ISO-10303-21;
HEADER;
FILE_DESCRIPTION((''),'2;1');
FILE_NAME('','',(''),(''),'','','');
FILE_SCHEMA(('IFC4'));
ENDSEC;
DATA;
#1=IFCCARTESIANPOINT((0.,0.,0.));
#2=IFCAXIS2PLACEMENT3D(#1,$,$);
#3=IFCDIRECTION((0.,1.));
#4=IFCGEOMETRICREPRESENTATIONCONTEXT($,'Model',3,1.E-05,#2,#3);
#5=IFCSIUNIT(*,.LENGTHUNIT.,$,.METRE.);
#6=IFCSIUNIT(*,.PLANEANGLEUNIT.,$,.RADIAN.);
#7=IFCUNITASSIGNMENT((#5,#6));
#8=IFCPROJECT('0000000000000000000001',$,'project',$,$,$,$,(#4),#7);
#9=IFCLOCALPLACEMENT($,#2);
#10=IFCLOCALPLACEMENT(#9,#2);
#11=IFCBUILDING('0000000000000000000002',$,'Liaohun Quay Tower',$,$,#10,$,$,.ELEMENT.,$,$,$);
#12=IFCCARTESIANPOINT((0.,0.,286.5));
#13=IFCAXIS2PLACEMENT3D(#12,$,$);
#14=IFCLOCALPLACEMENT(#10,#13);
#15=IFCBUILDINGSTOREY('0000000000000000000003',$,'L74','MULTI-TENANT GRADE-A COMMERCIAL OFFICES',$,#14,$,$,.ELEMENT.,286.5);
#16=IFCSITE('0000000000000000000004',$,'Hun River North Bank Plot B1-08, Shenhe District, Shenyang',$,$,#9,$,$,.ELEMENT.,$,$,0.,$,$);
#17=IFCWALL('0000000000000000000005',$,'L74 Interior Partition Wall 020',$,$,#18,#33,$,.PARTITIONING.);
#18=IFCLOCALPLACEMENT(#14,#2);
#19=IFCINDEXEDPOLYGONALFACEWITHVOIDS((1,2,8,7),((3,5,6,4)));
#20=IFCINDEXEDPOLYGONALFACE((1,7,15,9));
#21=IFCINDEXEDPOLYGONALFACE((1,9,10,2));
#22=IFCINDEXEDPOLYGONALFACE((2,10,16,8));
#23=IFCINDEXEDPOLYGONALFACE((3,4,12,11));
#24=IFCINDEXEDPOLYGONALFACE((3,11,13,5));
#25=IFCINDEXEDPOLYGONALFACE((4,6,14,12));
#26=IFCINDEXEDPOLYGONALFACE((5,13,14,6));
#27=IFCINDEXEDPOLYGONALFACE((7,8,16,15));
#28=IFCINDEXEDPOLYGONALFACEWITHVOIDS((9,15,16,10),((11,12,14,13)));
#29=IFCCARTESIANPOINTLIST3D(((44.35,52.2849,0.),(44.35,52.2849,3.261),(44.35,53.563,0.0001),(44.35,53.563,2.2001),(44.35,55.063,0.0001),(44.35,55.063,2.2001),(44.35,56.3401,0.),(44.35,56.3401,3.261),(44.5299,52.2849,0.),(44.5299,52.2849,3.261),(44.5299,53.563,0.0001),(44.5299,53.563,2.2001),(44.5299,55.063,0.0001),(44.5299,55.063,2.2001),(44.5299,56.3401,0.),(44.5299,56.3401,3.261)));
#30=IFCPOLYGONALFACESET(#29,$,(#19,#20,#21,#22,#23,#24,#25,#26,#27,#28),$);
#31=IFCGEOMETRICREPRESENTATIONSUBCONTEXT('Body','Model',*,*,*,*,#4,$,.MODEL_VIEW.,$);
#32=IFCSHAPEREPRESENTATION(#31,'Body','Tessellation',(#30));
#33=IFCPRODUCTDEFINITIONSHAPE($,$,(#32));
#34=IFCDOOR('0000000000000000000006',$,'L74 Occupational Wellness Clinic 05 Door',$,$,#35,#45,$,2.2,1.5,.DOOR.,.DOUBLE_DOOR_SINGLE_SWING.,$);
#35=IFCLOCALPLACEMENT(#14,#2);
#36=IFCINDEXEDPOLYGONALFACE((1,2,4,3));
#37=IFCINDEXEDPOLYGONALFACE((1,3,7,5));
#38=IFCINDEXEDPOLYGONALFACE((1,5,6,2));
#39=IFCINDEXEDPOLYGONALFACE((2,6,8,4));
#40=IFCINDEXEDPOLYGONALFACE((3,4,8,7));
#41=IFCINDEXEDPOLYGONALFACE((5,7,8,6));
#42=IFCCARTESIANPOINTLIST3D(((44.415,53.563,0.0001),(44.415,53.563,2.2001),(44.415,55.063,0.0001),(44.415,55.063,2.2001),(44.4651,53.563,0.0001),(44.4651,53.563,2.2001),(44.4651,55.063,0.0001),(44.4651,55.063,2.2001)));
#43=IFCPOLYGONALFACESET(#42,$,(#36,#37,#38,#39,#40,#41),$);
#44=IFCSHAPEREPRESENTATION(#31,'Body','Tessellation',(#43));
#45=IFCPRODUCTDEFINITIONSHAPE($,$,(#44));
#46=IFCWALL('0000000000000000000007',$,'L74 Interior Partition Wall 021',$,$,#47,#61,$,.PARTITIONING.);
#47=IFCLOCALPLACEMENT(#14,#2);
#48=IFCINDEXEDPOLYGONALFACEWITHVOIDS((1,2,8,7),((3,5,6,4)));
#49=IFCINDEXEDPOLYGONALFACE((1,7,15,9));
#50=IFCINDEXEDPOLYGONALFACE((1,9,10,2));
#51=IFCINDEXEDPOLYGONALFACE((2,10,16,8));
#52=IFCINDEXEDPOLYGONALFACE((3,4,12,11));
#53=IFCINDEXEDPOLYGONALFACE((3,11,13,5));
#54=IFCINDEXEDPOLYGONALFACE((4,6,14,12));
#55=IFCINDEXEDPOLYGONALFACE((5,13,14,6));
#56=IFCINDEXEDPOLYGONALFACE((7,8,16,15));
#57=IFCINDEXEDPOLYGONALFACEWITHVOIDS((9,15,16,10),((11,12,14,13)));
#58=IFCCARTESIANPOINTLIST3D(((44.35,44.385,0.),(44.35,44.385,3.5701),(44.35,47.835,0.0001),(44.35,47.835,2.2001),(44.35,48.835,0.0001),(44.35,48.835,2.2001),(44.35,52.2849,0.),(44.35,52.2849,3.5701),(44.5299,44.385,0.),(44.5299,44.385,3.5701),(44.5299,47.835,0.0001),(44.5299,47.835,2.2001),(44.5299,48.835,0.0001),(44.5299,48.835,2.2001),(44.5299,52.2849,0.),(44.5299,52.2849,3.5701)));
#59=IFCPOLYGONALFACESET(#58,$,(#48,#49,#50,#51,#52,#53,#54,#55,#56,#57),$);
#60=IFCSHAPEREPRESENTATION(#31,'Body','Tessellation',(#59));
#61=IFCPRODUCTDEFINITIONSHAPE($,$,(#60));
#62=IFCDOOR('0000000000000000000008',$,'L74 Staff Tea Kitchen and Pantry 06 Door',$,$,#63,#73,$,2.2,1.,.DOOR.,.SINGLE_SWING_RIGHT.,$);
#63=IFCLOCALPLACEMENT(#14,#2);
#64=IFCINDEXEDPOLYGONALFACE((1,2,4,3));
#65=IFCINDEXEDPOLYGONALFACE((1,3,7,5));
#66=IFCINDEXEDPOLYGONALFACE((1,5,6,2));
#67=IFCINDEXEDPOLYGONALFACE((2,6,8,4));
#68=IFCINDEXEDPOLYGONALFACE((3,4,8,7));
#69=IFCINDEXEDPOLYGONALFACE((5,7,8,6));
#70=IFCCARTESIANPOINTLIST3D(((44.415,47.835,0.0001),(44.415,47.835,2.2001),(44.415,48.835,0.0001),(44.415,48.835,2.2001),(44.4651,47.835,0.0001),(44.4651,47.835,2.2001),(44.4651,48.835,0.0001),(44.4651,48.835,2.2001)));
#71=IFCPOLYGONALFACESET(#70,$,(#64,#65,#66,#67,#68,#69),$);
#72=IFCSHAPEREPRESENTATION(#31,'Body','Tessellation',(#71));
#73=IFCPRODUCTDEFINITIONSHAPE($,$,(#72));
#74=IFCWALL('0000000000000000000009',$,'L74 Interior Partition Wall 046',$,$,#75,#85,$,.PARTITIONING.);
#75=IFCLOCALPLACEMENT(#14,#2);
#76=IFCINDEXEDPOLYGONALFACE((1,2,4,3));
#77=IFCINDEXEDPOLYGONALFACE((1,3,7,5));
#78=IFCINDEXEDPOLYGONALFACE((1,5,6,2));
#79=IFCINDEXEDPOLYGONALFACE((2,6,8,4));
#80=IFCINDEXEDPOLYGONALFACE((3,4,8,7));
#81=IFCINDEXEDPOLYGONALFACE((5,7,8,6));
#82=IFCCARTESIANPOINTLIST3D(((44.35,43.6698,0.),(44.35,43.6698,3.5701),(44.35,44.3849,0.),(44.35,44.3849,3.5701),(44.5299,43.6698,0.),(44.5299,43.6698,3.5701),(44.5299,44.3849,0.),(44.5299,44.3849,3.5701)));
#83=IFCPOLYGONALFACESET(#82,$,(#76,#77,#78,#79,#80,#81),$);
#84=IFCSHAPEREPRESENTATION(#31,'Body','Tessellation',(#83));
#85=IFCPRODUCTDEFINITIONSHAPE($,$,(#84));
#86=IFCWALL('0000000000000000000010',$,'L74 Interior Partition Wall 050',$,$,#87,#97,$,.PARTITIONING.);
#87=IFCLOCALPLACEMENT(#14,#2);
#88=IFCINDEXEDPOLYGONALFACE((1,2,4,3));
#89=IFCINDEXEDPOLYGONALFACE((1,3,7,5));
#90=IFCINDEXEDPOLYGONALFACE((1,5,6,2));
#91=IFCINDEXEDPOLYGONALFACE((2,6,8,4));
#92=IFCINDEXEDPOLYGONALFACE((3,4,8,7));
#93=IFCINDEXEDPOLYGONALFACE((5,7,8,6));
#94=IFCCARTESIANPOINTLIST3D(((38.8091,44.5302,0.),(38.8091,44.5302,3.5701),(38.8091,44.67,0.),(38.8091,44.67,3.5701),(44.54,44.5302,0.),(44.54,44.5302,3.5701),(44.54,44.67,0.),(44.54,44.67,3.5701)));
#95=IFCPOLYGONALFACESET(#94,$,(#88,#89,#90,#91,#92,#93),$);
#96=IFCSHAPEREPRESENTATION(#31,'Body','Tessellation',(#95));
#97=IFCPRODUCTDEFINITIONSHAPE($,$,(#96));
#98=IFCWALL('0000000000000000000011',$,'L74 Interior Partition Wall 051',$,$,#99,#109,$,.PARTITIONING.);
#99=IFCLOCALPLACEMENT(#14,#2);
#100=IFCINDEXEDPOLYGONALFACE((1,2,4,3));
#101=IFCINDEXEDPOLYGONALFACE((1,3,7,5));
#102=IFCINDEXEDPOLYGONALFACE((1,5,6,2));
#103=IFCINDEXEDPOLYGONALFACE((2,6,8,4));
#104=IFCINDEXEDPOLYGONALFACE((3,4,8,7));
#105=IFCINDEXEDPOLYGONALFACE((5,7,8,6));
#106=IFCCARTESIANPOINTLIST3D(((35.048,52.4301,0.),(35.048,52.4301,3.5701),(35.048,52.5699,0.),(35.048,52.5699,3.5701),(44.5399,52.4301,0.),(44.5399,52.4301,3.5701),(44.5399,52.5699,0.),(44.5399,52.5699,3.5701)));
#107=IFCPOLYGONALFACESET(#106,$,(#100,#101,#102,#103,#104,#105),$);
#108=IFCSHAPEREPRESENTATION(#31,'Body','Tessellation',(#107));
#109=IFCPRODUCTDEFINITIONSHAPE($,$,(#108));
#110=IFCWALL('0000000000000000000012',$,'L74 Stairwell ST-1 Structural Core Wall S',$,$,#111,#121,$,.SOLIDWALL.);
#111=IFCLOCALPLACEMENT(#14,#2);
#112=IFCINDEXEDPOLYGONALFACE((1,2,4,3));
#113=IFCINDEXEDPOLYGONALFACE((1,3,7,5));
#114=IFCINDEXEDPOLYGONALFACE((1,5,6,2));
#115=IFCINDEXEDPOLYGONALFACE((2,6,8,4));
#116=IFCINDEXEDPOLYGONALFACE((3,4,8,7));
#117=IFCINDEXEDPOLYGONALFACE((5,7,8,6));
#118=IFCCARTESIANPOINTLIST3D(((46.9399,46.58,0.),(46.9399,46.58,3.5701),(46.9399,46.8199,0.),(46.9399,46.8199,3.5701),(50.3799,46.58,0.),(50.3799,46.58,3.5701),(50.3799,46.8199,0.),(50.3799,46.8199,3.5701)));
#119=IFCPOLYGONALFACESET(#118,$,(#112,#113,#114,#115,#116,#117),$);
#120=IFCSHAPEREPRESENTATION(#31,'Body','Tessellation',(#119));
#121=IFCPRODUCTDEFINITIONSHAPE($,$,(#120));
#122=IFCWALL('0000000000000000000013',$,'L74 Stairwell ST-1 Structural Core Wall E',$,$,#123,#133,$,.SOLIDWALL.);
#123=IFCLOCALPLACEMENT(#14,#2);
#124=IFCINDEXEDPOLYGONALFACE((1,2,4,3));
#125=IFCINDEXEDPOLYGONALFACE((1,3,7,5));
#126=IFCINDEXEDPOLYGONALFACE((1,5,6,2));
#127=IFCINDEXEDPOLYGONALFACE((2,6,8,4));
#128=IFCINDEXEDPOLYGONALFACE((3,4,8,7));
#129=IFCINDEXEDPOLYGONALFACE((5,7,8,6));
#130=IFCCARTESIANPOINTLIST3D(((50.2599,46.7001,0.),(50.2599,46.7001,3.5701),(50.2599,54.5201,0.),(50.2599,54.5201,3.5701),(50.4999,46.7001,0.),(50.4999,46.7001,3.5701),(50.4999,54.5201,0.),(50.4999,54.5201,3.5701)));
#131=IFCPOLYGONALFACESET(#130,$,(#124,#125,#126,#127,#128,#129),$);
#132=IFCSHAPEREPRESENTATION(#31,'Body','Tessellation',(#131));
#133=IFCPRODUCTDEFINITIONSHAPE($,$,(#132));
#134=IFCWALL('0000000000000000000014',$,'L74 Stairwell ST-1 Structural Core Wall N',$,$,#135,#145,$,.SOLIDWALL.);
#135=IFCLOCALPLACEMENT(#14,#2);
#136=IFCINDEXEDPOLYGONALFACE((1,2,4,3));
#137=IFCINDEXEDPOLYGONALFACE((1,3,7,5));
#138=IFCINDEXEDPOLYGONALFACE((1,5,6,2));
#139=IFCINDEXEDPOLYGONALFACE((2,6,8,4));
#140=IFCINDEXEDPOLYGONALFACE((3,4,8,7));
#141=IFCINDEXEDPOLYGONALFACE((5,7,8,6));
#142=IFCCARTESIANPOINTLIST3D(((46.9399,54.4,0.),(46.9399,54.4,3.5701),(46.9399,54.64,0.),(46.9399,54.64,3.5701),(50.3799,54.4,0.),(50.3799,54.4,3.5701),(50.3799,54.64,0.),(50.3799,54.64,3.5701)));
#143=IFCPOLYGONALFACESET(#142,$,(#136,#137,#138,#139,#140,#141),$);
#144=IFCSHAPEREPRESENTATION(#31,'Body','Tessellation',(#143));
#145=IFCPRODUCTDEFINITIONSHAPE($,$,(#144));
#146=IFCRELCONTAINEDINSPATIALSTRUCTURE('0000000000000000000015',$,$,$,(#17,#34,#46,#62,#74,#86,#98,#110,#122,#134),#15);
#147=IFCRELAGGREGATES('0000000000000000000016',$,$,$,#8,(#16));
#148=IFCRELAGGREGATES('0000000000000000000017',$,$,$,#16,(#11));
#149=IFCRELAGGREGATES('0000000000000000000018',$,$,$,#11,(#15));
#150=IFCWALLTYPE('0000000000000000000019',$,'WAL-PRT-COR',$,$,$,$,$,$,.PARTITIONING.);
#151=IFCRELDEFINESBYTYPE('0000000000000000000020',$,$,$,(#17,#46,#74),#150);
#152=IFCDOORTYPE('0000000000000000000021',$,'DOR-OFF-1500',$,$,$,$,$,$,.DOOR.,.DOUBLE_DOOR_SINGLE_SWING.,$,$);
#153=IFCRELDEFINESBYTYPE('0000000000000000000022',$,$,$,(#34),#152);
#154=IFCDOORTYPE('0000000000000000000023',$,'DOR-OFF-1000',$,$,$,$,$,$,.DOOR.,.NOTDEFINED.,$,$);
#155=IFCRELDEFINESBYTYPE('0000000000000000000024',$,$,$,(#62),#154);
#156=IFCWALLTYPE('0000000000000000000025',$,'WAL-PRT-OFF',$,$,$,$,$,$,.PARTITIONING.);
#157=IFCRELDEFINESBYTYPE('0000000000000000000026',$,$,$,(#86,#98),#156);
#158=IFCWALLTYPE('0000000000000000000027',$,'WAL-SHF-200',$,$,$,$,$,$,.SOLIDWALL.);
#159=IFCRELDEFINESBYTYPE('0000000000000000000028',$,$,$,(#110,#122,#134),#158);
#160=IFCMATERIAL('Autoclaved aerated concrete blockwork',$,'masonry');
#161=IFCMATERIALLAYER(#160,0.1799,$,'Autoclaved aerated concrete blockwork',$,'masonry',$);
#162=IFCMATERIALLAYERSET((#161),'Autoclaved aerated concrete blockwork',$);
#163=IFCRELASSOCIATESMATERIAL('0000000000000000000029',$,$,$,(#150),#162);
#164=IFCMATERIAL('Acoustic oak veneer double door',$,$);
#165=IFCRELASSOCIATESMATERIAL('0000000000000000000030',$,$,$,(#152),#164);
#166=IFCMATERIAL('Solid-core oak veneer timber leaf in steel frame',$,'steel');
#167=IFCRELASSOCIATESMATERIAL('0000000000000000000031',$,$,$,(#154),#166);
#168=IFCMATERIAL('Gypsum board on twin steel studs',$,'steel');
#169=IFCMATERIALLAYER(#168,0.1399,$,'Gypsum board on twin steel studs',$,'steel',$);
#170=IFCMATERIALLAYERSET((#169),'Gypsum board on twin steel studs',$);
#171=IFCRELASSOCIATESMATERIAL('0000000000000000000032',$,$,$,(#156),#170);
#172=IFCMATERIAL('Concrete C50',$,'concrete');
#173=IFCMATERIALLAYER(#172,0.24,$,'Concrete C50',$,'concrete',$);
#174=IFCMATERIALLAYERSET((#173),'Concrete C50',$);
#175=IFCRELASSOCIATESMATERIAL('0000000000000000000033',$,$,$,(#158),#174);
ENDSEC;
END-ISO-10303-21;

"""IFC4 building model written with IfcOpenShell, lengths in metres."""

from ifc_helpers import new_model, si_unit, direction, frame, frame_2d, origin, place, context, subcontext, project, spatial, rectangle, extrude, source, transform, mapped, material, layer, layer_set, type_object, element, fill, save


model = new_model("IFC4")

# Units and contexts
model_context = context("Model", 3, precision=1e-05, world=origin(), true_north=direction((0.0, 1.0)))
body_context = subcontext(model_context, "Body", "Model", "MODEL_VIEW")
ifc_project = project(units=[si_unit("LENGTHUNIT", "METRE"), si_unit("PLANEANGLEUNIT", "RADIAN")], contexts=[model_context])

# Site, building, storey
site_placement = place(None, origin())
site = spatial("IfcSite", under=ifc_project, at=site_placement, Name="Hun River North Bank Plot B1-08, Shenhe District, Shenyang", CompositionType="ELEMENT", RefElevation=0.0)
building_placement = place(site_placement, origin())
building = spatial("IfcBuilding", under=site, at=building_placement, Name="Liaohun Quay Tower", CompositionType="ELEMENT")
storey_placement = place(building_placement, frame((0.0, 0.0, 286.5)))
storey = spatial("IfcBuildingStorey", under=building, at=storey_placement, Name="L74", Description="MULTI-TENANT GRADE-A COMMERCIAL OFFICES", CompositionType="ELEMENT", Elevation=286.5)

# Shared definitions
ifc_material_1 = material(Name="Concrete C50", Category="concrete")

# Walls, openings, doors
ifc_material_2 = material(Name="Autoclaved aerated concrete blockwork", Category="masonry")
ifc_layer_1 = layer(ifc_material_2, 0.1799, Name="Autoclaved aerated concrete blockwork", Category="masonry")
ifc_layer_set_1 = layer_set([ifc_layer_1], Name="Autoclaved aerated concrete blockwork")
wall_type_1 = type_object("IfcWallType", Name="WAL-PRT-COR", PredefinedType="PARTITIONING", material=ifc_layer_set_1)
wall_1_placement = place(storey_placement, frame((44.4399, 52.2849, 0.0), z_axis=(0.0, 0.0, 1.0), x_axis=(0.0, 1.0, 0.0)))
wall_1 = element("IfcWall", 1, at=wall_1_placement, inside=storey, type_object=wall_type_1, Name="L74 Interior Partition Wall 020", PredefinedType="PARTITIONING", context=body_context, shape_type="SweptSolid", body=[
    extrude(rectangle(XDim=4.0552, YDim=0.1799, at=frame_2d((2.0276, 0.0))), origin(), (0.0, 0.0, 1.0), 3.261),
])
shared_shape_1 = source(origin(), body_context, "Body", "SweptSolid", [
    extrude(rectangle(XDim=1.5, YDim=2.2, at=frame_2d((0.75, 1.1001))), frame((0.0, 0.0999, 0.0), z_axis=(0.0, -1.0, 0.0), x_axis=(1.0, 0.0, 0.0)), (0.0, 0.0, 1.0), 0.2),
])
opening_1_placement = place(wall_1_placement, frame((1.2781, 0.0, 0.0)))
opening_1 = element("IfcOpeningElement", 2, at=opening_1_placement, cuts=wall_1, PredefinedType="OPENING", context=body_context, shape_type="MappedRepresentation", body=[
    mapped(shared_shape_1, transform((0.0, 0.0, 0.0), x_axis=(1.0, 0.0, 0.0), y_axis=(0.0, 1.0, 0.0), z_axis=(0.0, 0.0, 1.0), scale=1.0)),
])
ifc_material_3 = material(Name="Acoustic oak veneer double door")
door_type_1 = type_object("IfcDoorType", Name="DOR-OFF-1500", OperationType="DOUBLE_DOOR_SINGLE_SWING", PredefinedType="DOOR", material=ifc_material_3)
shared_shape_2 = source(origin(), body_context, "Body", "SweptSolid", [
    extrude(rectangle(XDim=1.5, YDim=2.2, at=frame_2d((0.75, 1.1001))), frame((0.0, 0.0249, 0.0), z_axis=(0.0, -1.0, 0.0), x_axis=(1.0, 0.0, 0.0)), (0.0, 0.0, 1.0), 0.05),
])
door_1_placement = place(opening_1_placement, origin())
door_1 = element("IfcDoor", 3, at=door_1_placement, inside=storey, type_object=door_type_1, Name="L74 Occupational Wellness Clinic 05 Door", OperationType="DOUBLE_DOOR_SINGLE_SWING", OverallHeight=2.2, OverallWidth=1.5, PredefinedType="DOOR", context=body_context, shape_type="MappedRepresentation", body=[
    mapped(shared_shape_2, transform((0.0, 0.0, 0.0), x_axis=(1.0, 0.0, 0.0), y_axis=(0.0, 1.0, 0.0), z_axis=(0.0, 0.0, 1.0), scale=1.0)),
])
fill(opening_1, door_1)
wall_2_placement = place(storey_placement, frame((44.4399, 44.385, 0.0), z_axis=(0.0, 0.0, 1.0), x_axis=(0.0, 1.0, 0.0)))
wall_2 = element("IfcWall", 4, at=wall_2_placement, inside=storey, type_object=wall_type_1, Name="L74 Interior Partition Wall 021", PredefinedType="PARTITIONING", context=body_context, shape_type="SweptSolid", body=[
    extrude(rectangle(XDim=7.8999, YDim=0.1799, at=frame_2d((3.95, 0.0))), origin(), (0.0, 0.0, 1.0), 3.5701),
])
shared_shape_3 = source(origin(), body_context, "Body", "SweptSolid", [
    extrude(rectangle(XDim=1.0, YDim=2.2, at=frame_2d((0.5, 1.1001))), frame((0.0, 0.0999, 0.0), z_axis=(0.0, -1.0, 0.0), x_axis=(1.0, 0.0, 0.0)), (0.0, 0.0, 1.0), 0.2),
])
opening_2_placement = place(wall_2_placement, frame((3.45, 0.0, 0.0)))
opening_2 = element("IfcOpeningElement", 5, at=opening_2_placement, cuts=wall_2, PredefinedType="OPENING", context=body_context, shape_type="MappedRepresentation", body=[
    mapped(shared_shape_3, transform((0.0, 0.0, 0.0), x_axis=(1.0, 0.0, 0.0), y_axis=(0.0, 1.0, 0.0), z_axis=(0.0, 0.0, 1.0), scale=1.0)),
])
ifc_material_4 = material(Name="Solid-core oak veneer timber leaf in steel frame", Category="steel")
door_type_2 = type_object("IfcDoorType", Name="DOR-OFF-1000", OperationType="NOTDEFINED", PredefinedType="DOOR", material=ifc_material_4)
shared_shape_4 = source(origin(), body_context, "Body", "SweptSolid", [
    extrude(rectangle(XDim=1.0, YDim=2.2, at=frame_2d((0.5, 1.1001))), frame((0.0, 0.0249, 0.0), z_axis=(0.0, -1.0, 0.0), x_axis=(1.0, 0.0, 0.0)), (0.0, 0.0, 1.0), 0.05),
])
door_2_placement = place(opening_2_placement, origin())
door_2 = element("IfcDoor", 6, at=door_2_placement, inside=storey, type_object=door_type_2, Name="L74 Staff Tea Kitchen and Pantry 06 Door", OperationType="SINGLE_SWING_RIGHT", OverallHeight=2.2, OverallWidth=1.0, PredefinedType="DOOR", context=body_context, shape_type="MappedRepresentation", body=[
    mapped(shared_shape_4, transform((0.0, 0.0, 0.0), x_axis=(1.0, 0.0, 0.0), y_axis=(0.0, 1.0, 0.0), z_axis=(0.0, 0.0, 1.0), scale=1.0)),
])
fill(opening_2, door_2)

# Walls
wall_3_placement = place(storey_placement, frame((44.4399, 43.6699, 0.0), z_axis=(0.0, 0.0, 1.0), x_axis=(0.0, 1.0, 0.0)))
element("IfcWall", 7, at=wall_3_placement, inside=storey, type_object=wall_type_1, Name="L74 Interior Partition Wall 046", PredefinedType="PARTITIONING", context=body_context, shape_type="SweptSolid", body=[
    extrude(rectangle(XDim=0.7151, YDim=0.1799, at=frame_2d((0.3574, 0.0))), origin(), (0.0, 0.0, 1.0), 3.5701),
])
ifc_material_5 = material(Name="Gypsum board on twin steel studs", Category="steel")
ifc_layer_2 = layer(ifc_material_5, 0.1399, Name="Gypsum board on twin steel studs", Category="steel")
ifc_layer_set_2 = layer_set([ifc_layer_2], Name="Gypsum board on twin steel studs")
wall_type_2 = type_object("IfcWallType", Name="WAL-PRT-OFF", PredefinedType="PARTITIONING", material=ifc_layer_set_2)
wall_4_placement = place(storey_placement, frame((44.54, 44.6001, 0.0), z_axis=(0.0, 0.0, 1.0), x_axis=(-1.0, 0.0, 0.0)))
element("IfcWall", 8, at=wall_4_placement, inside=storey, type_object=wall_type_2, Name="L74 Interior Partition Wall 050", PredefinedType="PARTITIONING", context=body_context, shape_type="SweptSolid", body=[
    extrude(rectangle(XDim=5.731, YDim=0.1399, at=frame_2d((2.8655, 0.0))), origin(), (0.0, 0.0, 1.0), 3.5701),
])
wall_5_placement = place(storey_placement, frame((44.54, 52.5, 0.0), z_axis=(0.0, 0.0, 1.0), x_axis=(-1.0, 0.0, 0.0)))
element("IfcWall", 9, at=wall_5_placement, inside=storey, type_object=wall_type_2, Name="L74 Interior Partition Wall 051", PredefinedType="PARTITIONING", context=body_context, shape_type="SweptSolid", body=[
    extrude(rectangle(XDim=9.4919, YDim=0.1399, at=frame_2d((4.7461, 0.0))), origin(), (0.0, 0.0, 1.0), 3.5701),
])
ifc_layer_3 = layer(ifc_material_1, 0.24, Name="Concrete C50", Category="concrete")
ifc_layer_set_3 = layer_set([ifc_layer_3], Name="Concrete C50")
wall_type_3 = type_object("IfcWallType", Name="WAL-SHF-200", PredefinedType="SOLIDWALL", material=ifc_layer_set_3)
wall_6_placement = place(storey_placement, frame((46.9399, 46.7, 0.0), z_axis=(0.0, 0.0, 1.0), x_axis=(1.0, 0.0, 0.0)))
element("IfcWall", 10, at=wall_6_placement, inside=storey, type_object=wall_type_3, Name="L74 Stairwell ST-1 Structural Core Wall S", PredefinedType="SOLIDWALL", context=body_context, shape_type="SweptSolid", body=[
    extrude(rectangle(XDim=3.4399, YDim=0.24, at=frame_2d((1.72, 0.0))), origin(), (0.0, 0.0, 1.0), 3.5701),
])
wall_7_placement = place(storey_placement, frame((50.3799, 46.7, 0.0), z_axis=(0.0, 0.0, 1.0), x_axis=(0.0, 1.0, 0.0)))
element("IfcWall", 11, at=wall_7_placement, inside=storey, type_object=wall_type_3, Name="L74 Stairwell ST-1 Structural Core Wall E", PredefinedType="SOLIDWALL", context=body_context, shape_type="SweptSolid", body=[
    extrude(rectangle(XDim=7.8201, YDim=0.24, at=frame_2d((3.9102, 0.0))), origin(), (0.0, 0.0, 1.0), 3.5701),
])
wall_8_placement = place(storey_placement, frame((50.3799, 54.52, 0.0), z_axis=(0.0, 0.0, 1.0), x_axis=(-1.0, 0.0, 0.0)))
element("IfcWall", 12, at=wall_8_placement, inside=storey, type_object=wall_type_3, Name="L74 Stairwell ST-1 Structural Core Wall N", PredefinedType="SOLIDWALL", context=body_context, shape_type="SweptSolid", body=[
    extrude(rectangle(XDim=3.4399, YDim=0.24, at=frame_2d((1.72, 0.0))), origin(), (0.0, 0.0, 1.0), 3.5701),
])

save(model, "model.ifc")
